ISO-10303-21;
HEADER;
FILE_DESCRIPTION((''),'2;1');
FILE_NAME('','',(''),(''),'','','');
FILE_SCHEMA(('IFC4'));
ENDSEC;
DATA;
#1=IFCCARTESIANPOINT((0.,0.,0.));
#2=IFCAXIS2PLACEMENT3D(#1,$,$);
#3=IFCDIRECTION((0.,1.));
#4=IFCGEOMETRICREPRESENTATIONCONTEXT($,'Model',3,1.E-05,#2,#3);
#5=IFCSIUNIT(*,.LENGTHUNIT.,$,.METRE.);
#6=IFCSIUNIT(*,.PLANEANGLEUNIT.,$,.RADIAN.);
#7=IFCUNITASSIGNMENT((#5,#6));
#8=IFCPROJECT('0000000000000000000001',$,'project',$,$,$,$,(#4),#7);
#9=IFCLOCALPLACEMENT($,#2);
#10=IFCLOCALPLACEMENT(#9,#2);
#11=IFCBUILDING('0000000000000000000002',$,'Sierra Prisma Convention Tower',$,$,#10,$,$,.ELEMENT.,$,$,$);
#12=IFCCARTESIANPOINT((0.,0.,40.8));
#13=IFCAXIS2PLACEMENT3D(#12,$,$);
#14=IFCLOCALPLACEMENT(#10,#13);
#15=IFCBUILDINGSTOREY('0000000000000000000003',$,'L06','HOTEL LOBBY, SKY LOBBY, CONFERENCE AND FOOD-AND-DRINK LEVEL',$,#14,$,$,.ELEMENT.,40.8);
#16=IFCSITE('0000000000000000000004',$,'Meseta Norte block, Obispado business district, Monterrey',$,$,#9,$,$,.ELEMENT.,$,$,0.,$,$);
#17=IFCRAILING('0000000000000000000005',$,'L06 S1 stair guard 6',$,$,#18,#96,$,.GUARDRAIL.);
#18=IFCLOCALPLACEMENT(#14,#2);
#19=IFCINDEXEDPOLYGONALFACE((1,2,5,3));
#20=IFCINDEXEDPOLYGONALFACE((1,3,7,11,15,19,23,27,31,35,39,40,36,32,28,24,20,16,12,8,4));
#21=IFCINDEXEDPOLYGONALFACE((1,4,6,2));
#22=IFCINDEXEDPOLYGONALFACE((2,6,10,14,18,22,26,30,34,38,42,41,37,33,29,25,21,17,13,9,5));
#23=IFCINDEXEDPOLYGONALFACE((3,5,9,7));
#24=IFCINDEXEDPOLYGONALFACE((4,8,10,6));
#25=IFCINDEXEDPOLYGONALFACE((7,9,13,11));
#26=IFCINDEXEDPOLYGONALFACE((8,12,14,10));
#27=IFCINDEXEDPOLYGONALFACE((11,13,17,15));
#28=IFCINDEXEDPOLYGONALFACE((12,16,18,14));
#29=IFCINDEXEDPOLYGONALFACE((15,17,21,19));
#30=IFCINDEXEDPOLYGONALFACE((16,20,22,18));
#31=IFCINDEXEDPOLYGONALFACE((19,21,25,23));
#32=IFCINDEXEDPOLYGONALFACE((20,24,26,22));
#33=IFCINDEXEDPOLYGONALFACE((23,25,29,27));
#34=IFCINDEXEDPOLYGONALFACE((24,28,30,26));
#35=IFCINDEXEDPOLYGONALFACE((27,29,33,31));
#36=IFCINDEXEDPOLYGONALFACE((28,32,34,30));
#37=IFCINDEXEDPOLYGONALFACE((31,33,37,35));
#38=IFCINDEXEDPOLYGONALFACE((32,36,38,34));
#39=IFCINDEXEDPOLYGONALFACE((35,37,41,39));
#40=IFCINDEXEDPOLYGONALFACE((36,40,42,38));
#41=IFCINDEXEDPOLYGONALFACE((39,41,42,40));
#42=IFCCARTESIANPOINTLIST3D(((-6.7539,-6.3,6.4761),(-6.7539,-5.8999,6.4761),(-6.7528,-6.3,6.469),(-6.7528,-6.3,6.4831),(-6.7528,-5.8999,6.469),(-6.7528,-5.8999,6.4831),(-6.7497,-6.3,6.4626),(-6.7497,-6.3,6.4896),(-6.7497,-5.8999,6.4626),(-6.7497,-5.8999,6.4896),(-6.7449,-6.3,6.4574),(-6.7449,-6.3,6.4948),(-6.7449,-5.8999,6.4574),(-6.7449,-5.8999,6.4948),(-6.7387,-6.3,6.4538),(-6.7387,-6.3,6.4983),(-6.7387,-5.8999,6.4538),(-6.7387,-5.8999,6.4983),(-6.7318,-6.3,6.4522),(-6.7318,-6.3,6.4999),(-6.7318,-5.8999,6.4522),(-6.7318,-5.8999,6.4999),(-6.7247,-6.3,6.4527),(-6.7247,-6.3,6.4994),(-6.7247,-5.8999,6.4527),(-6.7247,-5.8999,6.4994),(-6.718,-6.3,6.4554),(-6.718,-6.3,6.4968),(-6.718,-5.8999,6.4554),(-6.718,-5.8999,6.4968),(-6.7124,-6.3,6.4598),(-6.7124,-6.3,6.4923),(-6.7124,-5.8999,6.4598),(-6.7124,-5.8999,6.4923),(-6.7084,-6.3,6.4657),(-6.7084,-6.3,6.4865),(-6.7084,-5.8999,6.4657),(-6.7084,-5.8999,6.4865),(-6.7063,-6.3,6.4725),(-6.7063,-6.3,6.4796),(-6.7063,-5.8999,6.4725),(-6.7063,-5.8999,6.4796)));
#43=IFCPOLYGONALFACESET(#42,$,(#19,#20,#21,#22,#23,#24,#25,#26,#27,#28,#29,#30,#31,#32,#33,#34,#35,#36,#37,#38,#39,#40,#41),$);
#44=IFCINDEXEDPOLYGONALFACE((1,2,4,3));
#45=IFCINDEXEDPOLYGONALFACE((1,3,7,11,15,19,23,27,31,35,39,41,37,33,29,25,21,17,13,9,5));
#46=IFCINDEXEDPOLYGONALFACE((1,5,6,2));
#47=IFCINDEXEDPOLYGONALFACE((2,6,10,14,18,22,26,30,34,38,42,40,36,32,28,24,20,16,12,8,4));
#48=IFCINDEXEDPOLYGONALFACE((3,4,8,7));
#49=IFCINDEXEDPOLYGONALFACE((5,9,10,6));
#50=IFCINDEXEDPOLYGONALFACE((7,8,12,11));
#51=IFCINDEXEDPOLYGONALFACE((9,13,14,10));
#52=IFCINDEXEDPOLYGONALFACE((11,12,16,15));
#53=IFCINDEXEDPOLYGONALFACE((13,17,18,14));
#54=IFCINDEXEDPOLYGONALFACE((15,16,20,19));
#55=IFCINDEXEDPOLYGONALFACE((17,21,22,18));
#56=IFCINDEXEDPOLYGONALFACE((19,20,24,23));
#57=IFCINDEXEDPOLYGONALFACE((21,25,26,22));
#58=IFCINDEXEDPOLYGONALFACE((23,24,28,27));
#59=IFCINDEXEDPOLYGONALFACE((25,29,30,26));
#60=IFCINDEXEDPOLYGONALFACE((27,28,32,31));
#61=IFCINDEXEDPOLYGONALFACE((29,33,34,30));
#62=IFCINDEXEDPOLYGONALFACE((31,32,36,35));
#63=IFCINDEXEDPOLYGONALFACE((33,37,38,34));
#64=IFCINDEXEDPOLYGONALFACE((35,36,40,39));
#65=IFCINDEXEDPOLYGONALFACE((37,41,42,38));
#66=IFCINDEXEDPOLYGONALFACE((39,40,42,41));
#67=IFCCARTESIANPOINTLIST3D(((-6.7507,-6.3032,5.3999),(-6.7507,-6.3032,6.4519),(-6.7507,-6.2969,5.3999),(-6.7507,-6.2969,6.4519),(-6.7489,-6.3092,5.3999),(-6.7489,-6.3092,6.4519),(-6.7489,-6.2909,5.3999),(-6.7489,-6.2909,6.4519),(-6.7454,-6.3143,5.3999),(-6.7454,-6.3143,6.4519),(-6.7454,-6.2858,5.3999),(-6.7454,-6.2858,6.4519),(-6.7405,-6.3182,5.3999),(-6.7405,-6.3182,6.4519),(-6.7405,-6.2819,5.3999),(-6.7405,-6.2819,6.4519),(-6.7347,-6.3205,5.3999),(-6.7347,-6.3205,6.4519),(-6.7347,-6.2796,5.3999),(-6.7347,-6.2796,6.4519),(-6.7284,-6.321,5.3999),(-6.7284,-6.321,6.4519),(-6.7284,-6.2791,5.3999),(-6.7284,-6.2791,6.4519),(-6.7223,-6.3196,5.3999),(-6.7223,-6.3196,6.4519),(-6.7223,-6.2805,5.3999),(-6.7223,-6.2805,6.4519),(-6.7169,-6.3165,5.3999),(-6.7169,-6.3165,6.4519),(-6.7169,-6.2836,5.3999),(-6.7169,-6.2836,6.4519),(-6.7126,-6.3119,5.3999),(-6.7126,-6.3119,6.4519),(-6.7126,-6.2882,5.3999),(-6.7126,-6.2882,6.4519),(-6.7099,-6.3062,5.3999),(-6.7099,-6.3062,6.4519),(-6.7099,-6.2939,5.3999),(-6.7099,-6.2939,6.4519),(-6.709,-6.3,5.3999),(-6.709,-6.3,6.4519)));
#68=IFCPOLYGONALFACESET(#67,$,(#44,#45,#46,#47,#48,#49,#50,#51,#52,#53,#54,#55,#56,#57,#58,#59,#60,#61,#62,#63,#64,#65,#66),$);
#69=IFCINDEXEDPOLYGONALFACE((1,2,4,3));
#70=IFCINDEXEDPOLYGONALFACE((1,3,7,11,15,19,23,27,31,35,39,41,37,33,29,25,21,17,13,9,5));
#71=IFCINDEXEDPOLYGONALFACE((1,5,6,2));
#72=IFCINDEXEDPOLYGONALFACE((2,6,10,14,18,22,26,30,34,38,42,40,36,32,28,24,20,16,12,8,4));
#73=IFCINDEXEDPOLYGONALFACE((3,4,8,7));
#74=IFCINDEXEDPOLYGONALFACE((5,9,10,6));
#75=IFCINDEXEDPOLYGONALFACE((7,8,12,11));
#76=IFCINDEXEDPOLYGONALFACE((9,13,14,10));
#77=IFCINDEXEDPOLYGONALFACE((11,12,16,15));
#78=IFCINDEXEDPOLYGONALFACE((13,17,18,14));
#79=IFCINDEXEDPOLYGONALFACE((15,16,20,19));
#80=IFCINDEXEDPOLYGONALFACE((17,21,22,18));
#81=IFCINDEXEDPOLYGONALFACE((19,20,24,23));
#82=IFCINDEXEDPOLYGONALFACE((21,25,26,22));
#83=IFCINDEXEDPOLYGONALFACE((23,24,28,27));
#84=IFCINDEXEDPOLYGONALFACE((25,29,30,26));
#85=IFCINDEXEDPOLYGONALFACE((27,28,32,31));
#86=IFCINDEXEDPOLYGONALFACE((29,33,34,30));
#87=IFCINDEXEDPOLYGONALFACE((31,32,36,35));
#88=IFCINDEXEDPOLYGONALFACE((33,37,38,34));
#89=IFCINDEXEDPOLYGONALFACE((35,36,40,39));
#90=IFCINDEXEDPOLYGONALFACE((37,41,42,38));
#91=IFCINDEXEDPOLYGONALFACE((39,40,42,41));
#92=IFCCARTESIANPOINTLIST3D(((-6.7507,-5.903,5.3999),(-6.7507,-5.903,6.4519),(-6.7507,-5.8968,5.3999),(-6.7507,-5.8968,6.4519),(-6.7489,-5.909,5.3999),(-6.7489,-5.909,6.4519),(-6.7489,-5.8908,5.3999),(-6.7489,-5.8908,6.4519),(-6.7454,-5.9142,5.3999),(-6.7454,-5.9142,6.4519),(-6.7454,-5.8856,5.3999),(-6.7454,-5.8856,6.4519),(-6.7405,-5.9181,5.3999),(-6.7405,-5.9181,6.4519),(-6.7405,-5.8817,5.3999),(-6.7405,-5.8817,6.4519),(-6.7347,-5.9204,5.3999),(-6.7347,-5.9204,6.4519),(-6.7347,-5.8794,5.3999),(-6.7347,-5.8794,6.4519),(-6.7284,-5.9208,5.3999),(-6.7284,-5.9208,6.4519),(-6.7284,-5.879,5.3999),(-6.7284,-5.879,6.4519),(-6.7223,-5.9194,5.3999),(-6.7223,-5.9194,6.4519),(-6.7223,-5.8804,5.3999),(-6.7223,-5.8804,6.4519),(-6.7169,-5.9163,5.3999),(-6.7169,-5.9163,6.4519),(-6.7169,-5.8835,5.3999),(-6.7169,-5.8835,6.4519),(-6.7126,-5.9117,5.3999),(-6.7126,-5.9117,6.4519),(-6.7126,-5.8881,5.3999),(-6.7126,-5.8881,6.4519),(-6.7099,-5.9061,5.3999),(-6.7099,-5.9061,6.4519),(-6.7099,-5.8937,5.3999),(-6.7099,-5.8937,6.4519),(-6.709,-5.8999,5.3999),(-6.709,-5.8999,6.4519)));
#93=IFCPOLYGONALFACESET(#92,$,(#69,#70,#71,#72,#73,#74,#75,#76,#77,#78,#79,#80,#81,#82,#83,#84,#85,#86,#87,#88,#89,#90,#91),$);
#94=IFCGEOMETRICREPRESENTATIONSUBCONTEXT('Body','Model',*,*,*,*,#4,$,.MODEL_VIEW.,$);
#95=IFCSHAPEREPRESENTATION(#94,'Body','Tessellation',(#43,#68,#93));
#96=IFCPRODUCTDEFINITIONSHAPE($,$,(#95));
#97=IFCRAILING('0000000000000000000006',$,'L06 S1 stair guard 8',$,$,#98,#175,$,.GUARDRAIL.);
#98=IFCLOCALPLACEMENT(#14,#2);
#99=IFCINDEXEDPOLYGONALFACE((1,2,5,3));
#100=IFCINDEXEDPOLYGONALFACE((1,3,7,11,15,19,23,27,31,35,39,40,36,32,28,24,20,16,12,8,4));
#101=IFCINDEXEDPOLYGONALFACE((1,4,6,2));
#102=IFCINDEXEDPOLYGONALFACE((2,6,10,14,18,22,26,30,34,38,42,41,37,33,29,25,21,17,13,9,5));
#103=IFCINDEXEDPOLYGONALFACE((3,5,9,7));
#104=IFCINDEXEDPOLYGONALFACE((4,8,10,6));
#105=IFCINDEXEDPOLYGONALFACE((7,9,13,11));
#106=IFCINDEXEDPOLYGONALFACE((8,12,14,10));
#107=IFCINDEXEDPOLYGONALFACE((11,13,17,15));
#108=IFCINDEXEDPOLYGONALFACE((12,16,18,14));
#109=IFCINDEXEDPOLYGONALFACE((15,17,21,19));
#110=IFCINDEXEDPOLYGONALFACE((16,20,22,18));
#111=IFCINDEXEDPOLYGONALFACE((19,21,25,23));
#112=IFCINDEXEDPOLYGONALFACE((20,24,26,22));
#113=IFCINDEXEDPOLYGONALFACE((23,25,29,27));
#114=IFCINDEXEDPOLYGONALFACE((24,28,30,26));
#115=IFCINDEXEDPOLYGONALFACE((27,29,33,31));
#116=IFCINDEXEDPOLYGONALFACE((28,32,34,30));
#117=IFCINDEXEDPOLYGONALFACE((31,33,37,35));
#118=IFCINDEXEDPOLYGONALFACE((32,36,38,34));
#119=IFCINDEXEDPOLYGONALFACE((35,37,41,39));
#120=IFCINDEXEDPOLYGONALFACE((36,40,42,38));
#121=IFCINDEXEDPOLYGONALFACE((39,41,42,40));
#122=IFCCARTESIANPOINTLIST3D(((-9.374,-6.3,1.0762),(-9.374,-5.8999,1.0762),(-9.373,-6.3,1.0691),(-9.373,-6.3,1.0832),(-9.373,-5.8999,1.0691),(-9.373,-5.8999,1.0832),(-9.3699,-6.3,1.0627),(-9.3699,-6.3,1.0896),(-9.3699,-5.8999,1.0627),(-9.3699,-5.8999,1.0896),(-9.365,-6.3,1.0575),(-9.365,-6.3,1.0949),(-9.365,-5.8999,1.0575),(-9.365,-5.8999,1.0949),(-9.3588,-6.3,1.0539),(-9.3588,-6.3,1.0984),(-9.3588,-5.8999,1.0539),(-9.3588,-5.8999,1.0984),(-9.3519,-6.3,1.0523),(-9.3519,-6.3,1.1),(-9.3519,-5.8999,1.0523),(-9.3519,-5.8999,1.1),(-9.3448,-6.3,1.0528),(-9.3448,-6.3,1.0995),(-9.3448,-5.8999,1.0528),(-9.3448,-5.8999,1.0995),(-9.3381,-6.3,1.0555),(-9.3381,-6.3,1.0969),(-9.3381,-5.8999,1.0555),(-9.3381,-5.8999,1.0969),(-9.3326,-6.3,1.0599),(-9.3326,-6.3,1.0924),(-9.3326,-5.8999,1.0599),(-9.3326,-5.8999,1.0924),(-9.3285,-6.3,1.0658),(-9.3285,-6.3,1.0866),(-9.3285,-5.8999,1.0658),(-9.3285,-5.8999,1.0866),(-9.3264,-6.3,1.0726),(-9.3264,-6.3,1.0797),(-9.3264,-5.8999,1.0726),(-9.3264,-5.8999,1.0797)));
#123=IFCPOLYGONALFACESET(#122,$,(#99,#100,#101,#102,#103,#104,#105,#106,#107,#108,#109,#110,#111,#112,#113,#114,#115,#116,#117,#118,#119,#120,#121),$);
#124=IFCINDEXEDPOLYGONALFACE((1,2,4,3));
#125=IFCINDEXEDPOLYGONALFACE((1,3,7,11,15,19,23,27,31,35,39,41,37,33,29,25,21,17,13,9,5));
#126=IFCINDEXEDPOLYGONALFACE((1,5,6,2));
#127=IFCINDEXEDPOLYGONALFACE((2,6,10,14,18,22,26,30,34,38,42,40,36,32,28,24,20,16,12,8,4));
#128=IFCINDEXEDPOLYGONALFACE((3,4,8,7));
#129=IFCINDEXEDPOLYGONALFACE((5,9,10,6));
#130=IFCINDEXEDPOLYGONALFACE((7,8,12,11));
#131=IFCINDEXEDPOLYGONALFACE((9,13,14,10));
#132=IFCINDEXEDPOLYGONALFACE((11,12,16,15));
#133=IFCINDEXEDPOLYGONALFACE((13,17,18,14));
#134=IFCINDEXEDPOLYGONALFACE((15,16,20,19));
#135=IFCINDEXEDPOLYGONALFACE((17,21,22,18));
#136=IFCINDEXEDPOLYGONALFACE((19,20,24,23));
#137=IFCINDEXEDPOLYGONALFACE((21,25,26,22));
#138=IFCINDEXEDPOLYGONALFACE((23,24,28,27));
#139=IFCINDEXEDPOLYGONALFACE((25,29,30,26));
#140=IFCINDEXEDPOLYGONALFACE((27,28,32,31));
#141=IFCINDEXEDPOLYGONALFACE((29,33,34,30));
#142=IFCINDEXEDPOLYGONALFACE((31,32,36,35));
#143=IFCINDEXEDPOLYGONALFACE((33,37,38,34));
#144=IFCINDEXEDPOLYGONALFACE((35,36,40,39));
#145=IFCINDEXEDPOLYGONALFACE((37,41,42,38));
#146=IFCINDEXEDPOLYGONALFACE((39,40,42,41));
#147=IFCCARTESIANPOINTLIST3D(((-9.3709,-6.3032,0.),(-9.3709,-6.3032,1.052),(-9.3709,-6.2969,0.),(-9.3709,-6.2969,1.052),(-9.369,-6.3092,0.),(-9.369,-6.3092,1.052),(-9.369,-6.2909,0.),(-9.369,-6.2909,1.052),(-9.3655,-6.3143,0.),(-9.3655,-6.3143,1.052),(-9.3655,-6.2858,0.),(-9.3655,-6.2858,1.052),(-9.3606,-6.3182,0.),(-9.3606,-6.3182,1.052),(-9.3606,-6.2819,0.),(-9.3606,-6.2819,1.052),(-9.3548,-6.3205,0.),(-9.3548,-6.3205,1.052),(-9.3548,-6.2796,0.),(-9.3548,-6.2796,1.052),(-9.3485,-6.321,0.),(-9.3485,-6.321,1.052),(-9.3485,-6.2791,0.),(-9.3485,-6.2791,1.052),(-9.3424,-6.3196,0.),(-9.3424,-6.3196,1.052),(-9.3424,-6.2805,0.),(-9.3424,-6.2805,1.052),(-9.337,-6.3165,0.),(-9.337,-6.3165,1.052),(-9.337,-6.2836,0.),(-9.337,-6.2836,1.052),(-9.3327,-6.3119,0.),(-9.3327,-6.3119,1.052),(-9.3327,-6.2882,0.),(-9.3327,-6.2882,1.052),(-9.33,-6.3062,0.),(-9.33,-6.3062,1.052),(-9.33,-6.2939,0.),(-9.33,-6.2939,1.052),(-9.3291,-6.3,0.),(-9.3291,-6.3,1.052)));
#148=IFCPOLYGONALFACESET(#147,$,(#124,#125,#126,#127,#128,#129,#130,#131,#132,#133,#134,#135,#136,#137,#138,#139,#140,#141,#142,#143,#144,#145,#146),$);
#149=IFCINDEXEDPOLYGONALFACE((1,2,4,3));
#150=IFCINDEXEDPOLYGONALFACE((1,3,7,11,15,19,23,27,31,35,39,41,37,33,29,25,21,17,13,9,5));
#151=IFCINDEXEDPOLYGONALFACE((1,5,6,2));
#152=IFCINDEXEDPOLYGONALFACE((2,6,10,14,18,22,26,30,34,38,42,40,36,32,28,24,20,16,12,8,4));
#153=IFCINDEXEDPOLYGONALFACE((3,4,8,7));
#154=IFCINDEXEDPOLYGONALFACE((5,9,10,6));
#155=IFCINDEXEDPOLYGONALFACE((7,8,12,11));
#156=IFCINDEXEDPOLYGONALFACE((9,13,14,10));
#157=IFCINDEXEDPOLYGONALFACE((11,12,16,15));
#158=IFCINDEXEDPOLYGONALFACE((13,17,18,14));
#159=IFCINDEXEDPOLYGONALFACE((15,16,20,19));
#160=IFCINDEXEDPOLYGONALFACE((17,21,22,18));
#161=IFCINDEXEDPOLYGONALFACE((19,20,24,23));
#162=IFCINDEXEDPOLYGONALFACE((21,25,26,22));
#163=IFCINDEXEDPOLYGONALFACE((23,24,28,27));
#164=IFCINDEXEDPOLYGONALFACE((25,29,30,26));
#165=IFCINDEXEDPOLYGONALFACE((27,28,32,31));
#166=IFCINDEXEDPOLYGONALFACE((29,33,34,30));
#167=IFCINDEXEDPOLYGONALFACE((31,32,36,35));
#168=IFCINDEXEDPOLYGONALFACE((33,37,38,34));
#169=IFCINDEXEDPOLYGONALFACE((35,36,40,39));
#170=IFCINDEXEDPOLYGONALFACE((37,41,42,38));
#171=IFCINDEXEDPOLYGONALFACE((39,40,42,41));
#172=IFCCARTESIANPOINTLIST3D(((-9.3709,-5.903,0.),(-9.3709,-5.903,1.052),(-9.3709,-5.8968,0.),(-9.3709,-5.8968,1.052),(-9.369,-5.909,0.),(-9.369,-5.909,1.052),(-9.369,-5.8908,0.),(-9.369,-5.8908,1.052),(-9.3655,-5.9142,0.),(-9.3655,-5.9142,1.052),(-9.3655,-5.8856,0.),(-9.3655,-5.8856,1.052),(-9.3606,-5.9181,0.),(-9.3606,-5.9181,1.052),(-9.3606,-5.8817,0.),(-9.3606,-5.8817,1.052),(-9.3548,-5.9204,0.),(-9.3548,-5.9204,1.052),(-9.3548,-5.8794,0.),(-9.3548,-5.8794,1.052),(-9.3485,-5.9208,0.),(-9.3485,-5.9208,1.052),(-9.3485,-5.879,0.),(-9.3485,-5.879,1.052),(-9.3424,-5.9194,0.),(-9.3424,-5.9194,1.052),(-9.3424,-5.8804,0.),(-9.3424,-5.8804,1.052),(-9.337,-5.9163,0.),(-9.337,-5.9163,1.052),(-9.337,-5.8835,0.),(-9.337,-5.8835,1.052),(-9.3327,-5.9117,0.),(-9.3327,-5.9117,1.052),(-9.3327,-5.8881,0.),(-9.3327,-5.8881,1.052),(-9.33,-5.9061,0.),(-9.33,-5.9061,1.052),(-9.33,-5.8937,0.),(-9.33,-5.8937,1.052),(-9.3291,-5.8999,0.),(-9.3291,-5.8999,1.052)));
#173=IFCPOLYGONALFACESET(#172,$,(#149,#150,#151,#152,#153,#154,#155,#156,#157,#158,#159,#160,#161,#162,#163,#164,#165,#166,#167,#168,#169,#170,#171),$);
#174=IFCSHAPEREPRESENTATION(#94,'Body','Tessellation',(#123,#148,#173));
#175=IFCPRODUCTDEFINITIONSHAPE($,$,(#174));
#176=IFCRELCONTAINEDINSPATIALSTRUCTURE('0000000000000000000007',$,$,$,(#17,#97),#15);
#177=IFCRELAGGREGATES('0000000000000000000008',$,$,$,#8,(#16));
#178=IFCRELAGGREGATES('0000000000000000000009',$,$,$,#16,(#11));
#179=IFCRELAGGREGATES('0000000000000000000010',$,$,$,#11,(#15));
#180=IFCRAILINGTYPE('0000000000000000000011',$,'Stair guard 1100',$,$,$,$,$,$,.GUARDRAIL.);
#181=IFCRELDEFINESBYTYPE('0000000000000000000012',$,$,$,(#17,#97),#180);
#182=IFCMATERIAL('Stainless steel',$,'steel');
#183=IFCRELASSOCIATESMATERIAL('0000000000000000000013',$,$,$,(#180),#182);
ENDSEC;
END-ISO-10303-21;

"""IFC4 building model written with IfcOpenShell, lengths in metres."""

from ifc_helpers import new_model, si_unit, direction, frame, origin, origin_2d, place, context, subcontext, project, spatial, circle, extrude, material, type_object, element, save


model = new_model("IFC4")

# Units and contexts
model_context = context("Model", 3, precision=1e-05, world=origin(), true_north=direction((0.0, 1.0)))
body_context = subcontext(model_context, "Body", "Model", "MODEL_VIEW")
ifc_project = project(units=[si_unit("LENGTHUNIT", "METRE"), si_unit("PLANEANGLEUNIT", "RADIAN")], contexts=[model_context])

# Site, building, storey
site_placement = place(None, origin())
site = spatial("IfcSite", under=ifc_project, at=site_placement, Name="Meseta Norte block, Obispado business district, Monterrey", CompositionType="ELEMENT", RefElevation=0.0)
building_placement = place(site_placement, origin())
building = spatial("IfcBuilding", under=site, at=building_placement, Name="Sierra Prisma Convention Tower", CompositionType="ELEMENT")
storey_placement = place(building_placement, frame((0.0, 0.0, 40.8)))
storey = spatial("IfcBuildingStorey", under=building, at=storey_placement, Name="L06", Description="HOTEL LOBBY, SKY LOBBY, CONFERENCE AND FOOD-AND-DRINK LEVEL", CompositionType="ELEMENT", Elevation=40.8)

# Railings
ifc_material_1 = material(Name="Stainless steel", Category="steel")
railing_type_1 = type_object("IfcRailingType", Name="Stair guard 1100", PredefinedType="GUARDRAIL", material=ifc_material_1)
for number, where, name in (
    (1, (-6.73, -6.3, 5.3999), "L06 S1 stair guard 6"),
    (2, (-9.3501, -6.3, 0.0), "L06 S1 stair guard 8"),
):
    element("IfcRailing", number, at=place(storey_placement, frame(where)), inside=storey, type_object=railing_type_1, Name=name, PredefinedType="GUARDRAIL", context=body_context, shape_type="SweptSolid", body=[
        extrude(circle(Radius=0.0239, at=origin_2d()), frame((0.0, 0.0, 1.0762), z_axis=(0.0, 1.0, 0.0), x_axis=(-1.0, 0.0, 0.0)), (0.0, 0.0, 1.0), 0.4001),
        extrude(circle(Radius=0.021, at=origin_2d()), origin(), (0.0, 0.0, 1.0), 1.052),
        extrude(circle(Radius=0.021, at=origin_2d()), frame((0.0, 0.4001, 0.0)), (0.0, 0.0, 1.0), 1.052),
    ])

save(model, "model.ifc")
